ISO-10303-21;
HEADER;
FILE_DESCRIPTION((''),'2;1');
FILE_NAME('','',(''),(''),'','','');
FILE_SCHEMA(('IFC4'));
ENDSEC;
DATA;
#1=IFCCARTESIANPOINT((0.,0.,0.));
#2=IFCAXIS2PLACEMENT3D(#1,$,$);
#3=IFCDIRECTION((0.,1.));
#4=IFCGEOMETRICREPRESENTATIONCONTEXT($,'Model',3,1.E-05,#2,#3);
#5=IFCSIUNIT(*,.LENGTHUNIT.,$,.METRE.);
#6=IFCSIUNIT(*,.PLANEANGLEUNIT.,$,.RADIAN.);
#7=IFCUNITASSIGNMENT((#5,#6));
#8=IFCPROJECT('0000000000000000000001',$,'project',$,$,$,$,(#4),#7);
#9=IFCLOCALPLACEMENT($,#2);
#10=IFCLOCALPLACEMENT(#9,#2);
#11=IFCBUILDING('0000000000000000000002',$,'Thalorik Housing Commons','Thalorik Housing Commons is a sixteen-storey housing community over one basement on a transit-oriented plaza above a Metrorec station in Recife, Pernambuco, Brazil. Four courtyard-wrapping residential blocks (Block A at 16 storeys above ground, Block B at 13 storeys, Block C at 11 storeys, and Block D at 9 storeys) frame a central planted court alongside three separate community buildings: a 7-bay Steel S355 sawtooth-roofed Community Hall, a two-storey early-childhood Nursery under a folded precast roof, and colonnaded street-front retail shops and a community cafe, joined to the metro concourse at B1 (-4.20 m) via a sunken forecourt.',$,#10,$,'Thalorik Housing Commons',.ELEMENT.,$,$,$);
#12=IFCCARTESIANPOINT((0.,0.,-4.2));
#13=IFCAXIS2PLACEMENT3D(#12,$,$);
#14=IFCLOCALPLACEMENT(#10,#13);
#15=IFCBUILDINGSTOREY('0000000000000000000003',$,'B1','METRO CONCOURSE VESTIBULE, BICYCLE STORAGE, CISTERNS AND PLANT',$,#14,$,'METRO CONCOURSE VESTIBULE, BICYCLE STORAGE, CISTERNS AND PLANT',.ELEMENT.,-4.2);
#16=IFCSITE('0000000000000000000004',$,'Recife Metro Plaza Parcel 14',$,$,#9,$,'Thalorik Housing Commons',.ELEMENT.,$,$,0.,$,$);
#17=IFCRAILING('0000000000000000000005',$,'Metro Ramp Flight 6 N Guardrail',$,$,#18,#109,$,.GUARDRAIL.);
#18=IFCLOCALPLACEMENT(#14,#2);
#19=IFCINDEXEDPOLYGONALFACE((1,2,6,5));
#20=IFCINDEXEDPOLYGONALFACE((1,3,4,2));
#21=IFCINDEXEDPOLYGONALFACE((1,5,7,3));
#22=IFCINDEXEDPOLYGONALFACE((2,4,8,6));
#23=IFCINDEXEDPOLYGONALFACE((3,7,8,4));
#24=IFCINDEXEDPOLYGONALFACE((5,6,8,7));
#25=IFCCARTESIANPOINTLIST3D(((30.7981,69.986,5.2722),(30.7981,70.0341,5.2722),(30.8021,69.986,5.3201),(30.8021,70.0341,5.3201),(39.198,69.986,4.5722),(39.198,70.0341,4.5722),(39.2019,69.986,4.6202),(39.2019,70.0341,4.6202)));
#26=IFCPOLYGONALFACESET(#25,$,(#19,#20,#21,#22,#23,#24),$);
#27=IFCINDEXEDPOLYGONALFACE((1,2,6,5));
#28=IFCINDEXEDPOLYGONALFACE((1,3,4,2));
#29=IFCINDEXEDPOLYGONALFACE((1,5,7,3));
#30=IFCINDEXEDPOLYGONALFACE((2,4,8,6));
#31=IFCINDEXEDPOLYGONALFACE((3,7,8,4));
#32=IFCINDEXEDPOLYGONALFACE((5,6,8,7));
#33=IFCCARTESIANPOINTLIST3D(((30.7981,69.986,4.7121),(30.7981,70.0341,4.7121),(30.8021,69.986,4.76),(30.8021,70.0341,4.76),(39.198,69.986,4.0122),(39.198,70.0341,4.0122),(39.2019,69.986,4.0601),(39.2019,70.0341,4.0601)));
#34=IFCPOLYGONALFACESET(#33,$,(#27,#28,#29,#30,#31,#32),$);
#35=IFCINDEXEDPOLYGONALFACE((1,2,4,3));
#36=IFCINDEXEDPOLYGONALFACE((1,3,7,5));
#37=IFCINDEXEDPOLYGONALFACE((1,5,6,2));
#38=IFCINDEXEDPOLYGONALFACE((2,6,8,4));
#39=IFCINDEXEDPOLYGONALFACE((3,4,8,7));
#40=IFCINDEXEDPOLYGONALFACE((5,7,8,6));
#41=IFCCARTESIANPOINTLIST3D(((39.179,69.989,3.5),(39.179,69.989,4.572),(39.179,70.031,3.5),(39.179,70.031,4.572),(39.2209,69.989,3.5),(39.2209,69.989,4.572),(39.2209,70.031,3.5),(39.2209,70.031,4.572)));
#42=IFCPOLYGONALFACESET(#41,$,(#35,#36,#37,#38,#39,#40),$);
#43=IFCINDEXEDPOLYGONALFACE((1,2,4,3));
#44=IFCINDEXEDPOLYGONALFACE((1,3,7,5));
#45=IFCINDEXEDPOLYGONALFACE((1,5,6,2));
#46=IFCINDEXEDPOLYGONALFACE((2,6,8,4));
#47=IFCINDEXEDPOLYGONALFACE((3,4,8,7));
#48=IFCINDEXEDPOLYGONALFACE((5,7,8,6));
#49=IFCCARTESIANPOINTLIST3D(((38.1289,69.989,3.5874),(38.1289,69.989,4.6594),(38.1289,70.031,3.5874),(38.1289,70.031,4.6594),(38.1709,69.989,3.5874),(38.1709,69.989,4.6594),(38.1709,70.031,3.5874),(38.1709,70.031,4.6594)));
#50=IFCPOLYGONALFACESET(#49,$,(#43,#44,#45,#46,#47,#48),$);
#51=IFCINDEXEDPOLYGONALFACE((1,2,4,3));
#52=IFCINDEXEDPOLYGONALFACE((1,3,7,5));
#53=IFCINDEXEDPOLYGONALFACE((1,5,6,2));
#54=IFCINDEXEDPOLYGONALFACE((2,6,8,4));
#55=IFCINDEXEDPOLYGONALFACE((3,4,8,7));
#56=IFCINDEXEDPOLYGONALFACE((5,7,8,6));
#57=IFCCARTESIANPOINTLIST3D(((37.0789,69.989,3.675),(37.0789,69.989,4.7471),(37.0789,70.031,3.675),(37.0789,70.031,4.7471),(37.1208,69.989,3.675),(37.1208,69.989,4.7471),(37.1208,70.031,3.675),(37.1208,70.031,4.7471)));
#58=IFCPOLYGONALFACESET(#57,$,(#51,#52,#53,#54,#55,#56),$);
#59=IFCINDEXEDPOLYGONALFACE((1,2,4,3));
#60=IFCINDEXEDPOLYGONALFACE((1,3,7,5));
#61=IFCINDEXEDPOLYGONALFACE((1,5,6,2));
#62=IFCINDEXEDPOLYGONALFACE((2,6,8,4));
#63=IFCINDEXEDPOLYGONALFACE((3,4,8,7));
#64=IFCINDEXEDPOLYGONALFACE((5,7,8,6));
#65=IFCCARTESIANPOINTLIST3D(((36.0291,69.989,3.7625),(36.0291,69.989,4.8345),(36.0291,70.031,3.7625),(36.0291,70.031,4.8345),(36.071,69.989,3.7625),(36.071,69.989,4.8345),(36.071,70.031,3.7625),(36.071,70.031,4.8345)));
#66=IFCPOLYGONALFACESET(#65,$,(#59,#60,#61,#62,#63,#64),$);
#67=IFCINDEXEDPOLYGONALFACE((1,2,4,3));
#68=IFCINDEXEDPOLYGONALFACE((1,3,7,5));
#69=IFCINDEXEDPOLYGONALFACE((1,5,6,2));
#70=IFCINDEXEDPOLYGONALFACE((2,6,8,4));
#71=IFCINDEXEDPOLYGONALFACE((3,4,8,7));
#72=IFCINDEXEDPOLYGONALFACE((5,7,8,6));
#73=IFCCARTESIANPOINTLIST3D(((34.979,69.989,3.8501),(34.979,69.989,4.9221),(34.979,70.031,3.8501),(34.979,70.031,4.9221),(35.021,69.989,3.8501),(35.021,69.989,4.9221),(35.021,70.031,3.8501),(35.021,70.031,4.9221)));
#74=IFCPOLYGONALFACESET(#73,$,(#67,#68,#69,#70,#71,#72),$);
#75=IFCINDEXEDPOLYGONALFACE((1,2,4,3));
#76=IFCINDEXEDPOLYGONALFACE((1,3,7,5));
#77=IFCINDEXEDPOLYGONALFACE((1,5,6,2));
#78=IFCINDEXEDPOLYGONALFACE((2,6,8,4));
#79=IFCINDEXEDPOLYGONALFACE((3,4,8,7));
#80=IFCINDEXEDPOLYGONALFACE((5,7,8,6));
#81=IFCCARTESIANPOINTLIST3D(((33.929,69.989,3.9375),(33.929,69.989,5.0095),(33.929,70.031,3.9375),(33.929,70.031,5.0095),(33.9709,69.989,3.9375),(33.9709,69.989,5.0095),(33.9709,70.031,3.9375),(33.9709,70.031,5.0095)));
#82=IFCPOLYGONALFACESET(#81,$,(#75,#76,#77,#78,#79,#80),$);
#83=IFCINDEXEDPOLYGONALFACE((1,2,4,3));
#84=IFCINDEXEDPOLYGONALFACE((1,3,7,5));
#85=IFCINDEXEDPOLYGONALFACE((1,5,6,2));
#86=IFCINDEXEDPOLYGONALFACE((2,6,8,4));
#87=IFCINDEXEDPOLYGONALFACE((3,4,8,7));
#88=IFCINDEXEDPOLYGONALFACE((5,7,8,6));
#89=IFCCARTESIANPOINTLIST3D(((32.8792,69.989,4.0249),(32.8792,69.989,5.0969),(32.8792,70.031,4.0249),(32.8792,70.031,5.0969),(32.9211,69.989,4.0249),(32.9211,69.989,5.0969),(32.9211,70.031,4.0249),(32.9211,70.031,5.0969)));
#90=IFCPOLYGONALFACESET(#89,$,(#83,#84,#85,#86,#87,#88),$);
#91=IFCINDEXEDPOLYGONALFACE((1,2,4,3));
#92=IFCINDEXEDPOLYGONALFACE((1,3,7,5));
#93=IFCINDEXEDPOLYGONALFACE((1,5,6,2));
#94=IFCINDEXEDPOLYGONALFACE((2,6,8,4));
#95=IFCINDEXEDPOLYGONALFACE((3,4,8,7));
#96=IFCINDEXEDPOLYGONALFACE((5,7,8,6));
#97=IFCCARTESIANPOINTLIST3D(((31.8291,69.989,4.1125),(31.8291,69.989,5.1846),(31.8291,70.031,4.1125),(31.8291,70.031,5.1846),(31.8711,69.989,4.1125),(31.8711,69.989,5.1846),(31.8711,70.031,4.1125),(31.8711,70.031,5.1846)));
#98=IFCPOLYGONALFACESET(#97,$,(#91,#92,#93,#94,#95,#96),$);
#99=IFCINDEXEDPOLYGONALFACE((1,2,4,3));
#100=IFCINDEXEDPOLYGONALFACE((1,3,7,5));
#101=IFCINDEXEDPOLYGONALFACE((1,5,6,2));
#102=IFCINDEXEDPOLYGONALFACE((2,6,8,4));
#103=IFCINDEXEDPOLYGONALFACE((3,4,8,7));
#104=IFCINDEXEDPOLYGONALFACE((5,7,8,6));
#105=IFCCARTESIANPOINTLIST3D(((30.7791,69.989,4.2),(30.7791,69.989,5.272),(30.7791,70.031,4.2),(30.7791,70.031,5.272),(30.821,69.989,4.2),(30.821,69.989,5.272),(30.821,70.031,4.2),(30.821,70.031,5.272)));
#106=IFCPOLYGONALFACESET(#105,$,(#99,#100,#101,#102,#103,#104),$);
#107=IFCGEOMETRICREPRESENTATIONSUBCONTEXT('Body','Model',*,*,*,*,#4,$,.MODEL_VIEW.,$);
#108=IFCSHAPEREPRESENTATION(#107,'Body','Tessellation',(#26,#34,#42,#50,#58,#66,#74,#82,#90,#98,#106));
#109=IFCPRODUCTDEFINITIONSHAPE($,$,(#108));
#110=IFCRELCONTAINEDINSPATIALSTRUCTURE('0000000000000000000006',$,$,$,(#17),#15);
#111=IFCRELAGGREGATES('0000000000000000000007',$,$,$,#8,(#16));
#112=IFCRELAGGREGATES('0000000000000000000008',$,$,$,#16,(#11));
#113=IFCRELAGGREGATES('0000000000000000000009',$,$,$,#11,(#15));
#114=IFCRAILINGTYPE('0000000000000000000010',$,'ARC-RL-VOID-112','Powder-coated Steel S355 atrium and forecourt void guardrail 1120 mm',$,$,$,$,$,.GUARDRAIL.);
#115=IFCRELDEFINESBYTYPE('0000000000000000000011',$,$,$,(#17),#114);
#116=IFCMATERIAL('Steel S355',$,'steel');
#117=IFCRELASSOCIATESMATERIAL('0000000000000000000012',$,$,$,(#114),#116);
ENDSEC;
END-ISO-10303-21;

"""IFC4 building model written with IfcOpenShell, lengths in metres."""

from ifc_helpers import new_model, si_unit, direction, frame, origin, origin_2d, place, context, subcontext, project, spatial, rectangle, extrude, material, type_object, element, save


model = new_model("IFC4")

# Units and contexts
model_context = context("Model", 3, precision=1e-05, world=origin(), true_north=direction((0.0, 1.0)))
body_context = subcontext(model_context, "Body", "Model", "MODEL_VIEW")
ifc_project = project(units=[si_unit("LENGTHUNIT", "METRE"), si_unit("PLANEANGLEUNIT", "RADIAN")], contexts=[model_context])

# Site, building, storey
site_placement = place(None, origin())
site = spatial("IfcSite", under=ifc_project, at=site_placement, Name="Recife Metro Plaza Parcel 14", LongName="Thalorik Housing Commons", CompositionType="ELEMENT", RefElevation=0.0)
building_placement = place(site_placement, origin())
building = spatial("IfcBuilding", under=site, at=building_placement, Name="Thalorik Housing Commons", Description="Thalorik Housing Commons is a sixteen-storey housing community over one basement on a transit-oriented plaza above a Metrorec station in Recife, Pernambuco, Brazil. Four courtyard-wrapping residential blocks (Block A at 16 storeys above ground, Block B at 13 storeys, Block C at 11 storeys, and Block D at 9 storeys) frame a central planted court alongside three separate community buildings: a 7-bay Steel S355 sawtooth-roofed Community Hall, a two-storey early-childhood Nursery under a folded precast roof, and colonnaded street-front retail shops and a community cafe, joined to the metro concourse at B1 (-4.20 m) via a sunken forecourt.", LongName="Thalorik Housing Commons", CompositionType="ELEMENT")
storey_placement = place(building_placement, frame((0.0, 0.0, -4.2)))
storey = spatial("IfcBuildingStorey", under=building, at=storey_placement, Name="B1", Description="METRO CONCOURSE VESTIBULE, BICYCLE STORAGE, CISTERNS AND PLANT", LongName="METRO CONCOURSE VESTIBULE, BICYCLE STORAGE, CISTERNS AND PLANT", CompositionType="ELEMENT", Elevation=-4.2)

# Railing
ifc_material_1 = material(Name="Steel S355", Category="steel")
railing_type_1 = type_object("IfcRailingType", Name="ARC-RL-VOID-112", Description="Powder-coated Steel S355 atrium and forecourt void guardrail 1120 mm", PredefinedType="GUARDRAIL", material=ifc_material_1)
railing_1_placement = place(storey_placement, frame((39.2, 70.01, 3.5)))
element("IfcRailing", 1, at=railing_1_placement, inside=storey, type_object=railing_type_1, Name="Metro Ramp Flight 6 N Guardrail", PredefinedType="GUARDRAIL", context=body_context, shape_type="SweptSolid", body=[
    extrude(rectangle(XDim=0.0481, YDim=0.0481, at=origin_2d()), frame((0.0, 0.0, 1.0962), z_axis=(-0.996546, 0.0, 0.083041), x_axis=(0.0, -1.0, 0.0)), (0.0, 0.0, 1.0), 8.429),
    extrude(rectangle(XDim=0.0481, YDim=0.0481, at=origin_2d()), frame((0.0, 0.0, 0.5361), z_axis=(-0.996546, 0.0, 0.083041), x_axis=(0.0, -1.0, 0.0)), (0.0, 0.0, 1.0), 8.429),
    extrude(rectangle(XDim=0.042, YDim=0.042, at=origin_2d()), origin(), (0.0, 0.0, 1.0), 1.072),
    extrude(rectangle(XDim=0.042, YDim=0.042, at=origin_2d()), frame((-1.05, 0.0, 0.0874)), (0.0, 0.0, 1.0), 1.072),
    extrude(rectangle(XDim=0.042, YDim=0.042, at=origin_2d()), frame((-2.1001, 0.0, 0.175)), (0.0, 0.0, 1.0), 1.072),
    extrude(rectangle(XDim=0.042, YDim=0.042, at=origin_2d()), frame((-3.1499, 0.0, 0.2625)), (0.0, 0.0, 1.0), 1.072),
    extrude(rectangle(XDim=0.042, YDim=0.042, at=origin_2d()), frame((-4.2, 0.0, 0.3501)), (0.0, 0.0, 1.0), 1.072),
    extrude(rectangle(XDim=0.042, YDim=0.042, at=origin_2d()), frame((-5.25, 0.0, 0.4375)), (0.0, 0.0, 1.0), 1.072),
    extrude(rectangle(XDim=0.042, YDim=0.042, at=origin_2d()), frame((-6.2998, 0.0, 0.5249)), (0.0, 0.0, 1.0), 1.072),
    extrude(rectangle(XDim=0.042, YDim=0.042, at=origin_2d()), frame((-7.3499, 0.0, 0.6125)), (0.0, 0.0, 1.0), 1.072),
    extrude(rectangle(XDim=0.042, YDim=0.042, at=origin_2d()), frame((-8.3999, 0.0, 0.7)), (0.0, 0.0, 1.0), 1.072),
])

save(model, "model.ifc")
